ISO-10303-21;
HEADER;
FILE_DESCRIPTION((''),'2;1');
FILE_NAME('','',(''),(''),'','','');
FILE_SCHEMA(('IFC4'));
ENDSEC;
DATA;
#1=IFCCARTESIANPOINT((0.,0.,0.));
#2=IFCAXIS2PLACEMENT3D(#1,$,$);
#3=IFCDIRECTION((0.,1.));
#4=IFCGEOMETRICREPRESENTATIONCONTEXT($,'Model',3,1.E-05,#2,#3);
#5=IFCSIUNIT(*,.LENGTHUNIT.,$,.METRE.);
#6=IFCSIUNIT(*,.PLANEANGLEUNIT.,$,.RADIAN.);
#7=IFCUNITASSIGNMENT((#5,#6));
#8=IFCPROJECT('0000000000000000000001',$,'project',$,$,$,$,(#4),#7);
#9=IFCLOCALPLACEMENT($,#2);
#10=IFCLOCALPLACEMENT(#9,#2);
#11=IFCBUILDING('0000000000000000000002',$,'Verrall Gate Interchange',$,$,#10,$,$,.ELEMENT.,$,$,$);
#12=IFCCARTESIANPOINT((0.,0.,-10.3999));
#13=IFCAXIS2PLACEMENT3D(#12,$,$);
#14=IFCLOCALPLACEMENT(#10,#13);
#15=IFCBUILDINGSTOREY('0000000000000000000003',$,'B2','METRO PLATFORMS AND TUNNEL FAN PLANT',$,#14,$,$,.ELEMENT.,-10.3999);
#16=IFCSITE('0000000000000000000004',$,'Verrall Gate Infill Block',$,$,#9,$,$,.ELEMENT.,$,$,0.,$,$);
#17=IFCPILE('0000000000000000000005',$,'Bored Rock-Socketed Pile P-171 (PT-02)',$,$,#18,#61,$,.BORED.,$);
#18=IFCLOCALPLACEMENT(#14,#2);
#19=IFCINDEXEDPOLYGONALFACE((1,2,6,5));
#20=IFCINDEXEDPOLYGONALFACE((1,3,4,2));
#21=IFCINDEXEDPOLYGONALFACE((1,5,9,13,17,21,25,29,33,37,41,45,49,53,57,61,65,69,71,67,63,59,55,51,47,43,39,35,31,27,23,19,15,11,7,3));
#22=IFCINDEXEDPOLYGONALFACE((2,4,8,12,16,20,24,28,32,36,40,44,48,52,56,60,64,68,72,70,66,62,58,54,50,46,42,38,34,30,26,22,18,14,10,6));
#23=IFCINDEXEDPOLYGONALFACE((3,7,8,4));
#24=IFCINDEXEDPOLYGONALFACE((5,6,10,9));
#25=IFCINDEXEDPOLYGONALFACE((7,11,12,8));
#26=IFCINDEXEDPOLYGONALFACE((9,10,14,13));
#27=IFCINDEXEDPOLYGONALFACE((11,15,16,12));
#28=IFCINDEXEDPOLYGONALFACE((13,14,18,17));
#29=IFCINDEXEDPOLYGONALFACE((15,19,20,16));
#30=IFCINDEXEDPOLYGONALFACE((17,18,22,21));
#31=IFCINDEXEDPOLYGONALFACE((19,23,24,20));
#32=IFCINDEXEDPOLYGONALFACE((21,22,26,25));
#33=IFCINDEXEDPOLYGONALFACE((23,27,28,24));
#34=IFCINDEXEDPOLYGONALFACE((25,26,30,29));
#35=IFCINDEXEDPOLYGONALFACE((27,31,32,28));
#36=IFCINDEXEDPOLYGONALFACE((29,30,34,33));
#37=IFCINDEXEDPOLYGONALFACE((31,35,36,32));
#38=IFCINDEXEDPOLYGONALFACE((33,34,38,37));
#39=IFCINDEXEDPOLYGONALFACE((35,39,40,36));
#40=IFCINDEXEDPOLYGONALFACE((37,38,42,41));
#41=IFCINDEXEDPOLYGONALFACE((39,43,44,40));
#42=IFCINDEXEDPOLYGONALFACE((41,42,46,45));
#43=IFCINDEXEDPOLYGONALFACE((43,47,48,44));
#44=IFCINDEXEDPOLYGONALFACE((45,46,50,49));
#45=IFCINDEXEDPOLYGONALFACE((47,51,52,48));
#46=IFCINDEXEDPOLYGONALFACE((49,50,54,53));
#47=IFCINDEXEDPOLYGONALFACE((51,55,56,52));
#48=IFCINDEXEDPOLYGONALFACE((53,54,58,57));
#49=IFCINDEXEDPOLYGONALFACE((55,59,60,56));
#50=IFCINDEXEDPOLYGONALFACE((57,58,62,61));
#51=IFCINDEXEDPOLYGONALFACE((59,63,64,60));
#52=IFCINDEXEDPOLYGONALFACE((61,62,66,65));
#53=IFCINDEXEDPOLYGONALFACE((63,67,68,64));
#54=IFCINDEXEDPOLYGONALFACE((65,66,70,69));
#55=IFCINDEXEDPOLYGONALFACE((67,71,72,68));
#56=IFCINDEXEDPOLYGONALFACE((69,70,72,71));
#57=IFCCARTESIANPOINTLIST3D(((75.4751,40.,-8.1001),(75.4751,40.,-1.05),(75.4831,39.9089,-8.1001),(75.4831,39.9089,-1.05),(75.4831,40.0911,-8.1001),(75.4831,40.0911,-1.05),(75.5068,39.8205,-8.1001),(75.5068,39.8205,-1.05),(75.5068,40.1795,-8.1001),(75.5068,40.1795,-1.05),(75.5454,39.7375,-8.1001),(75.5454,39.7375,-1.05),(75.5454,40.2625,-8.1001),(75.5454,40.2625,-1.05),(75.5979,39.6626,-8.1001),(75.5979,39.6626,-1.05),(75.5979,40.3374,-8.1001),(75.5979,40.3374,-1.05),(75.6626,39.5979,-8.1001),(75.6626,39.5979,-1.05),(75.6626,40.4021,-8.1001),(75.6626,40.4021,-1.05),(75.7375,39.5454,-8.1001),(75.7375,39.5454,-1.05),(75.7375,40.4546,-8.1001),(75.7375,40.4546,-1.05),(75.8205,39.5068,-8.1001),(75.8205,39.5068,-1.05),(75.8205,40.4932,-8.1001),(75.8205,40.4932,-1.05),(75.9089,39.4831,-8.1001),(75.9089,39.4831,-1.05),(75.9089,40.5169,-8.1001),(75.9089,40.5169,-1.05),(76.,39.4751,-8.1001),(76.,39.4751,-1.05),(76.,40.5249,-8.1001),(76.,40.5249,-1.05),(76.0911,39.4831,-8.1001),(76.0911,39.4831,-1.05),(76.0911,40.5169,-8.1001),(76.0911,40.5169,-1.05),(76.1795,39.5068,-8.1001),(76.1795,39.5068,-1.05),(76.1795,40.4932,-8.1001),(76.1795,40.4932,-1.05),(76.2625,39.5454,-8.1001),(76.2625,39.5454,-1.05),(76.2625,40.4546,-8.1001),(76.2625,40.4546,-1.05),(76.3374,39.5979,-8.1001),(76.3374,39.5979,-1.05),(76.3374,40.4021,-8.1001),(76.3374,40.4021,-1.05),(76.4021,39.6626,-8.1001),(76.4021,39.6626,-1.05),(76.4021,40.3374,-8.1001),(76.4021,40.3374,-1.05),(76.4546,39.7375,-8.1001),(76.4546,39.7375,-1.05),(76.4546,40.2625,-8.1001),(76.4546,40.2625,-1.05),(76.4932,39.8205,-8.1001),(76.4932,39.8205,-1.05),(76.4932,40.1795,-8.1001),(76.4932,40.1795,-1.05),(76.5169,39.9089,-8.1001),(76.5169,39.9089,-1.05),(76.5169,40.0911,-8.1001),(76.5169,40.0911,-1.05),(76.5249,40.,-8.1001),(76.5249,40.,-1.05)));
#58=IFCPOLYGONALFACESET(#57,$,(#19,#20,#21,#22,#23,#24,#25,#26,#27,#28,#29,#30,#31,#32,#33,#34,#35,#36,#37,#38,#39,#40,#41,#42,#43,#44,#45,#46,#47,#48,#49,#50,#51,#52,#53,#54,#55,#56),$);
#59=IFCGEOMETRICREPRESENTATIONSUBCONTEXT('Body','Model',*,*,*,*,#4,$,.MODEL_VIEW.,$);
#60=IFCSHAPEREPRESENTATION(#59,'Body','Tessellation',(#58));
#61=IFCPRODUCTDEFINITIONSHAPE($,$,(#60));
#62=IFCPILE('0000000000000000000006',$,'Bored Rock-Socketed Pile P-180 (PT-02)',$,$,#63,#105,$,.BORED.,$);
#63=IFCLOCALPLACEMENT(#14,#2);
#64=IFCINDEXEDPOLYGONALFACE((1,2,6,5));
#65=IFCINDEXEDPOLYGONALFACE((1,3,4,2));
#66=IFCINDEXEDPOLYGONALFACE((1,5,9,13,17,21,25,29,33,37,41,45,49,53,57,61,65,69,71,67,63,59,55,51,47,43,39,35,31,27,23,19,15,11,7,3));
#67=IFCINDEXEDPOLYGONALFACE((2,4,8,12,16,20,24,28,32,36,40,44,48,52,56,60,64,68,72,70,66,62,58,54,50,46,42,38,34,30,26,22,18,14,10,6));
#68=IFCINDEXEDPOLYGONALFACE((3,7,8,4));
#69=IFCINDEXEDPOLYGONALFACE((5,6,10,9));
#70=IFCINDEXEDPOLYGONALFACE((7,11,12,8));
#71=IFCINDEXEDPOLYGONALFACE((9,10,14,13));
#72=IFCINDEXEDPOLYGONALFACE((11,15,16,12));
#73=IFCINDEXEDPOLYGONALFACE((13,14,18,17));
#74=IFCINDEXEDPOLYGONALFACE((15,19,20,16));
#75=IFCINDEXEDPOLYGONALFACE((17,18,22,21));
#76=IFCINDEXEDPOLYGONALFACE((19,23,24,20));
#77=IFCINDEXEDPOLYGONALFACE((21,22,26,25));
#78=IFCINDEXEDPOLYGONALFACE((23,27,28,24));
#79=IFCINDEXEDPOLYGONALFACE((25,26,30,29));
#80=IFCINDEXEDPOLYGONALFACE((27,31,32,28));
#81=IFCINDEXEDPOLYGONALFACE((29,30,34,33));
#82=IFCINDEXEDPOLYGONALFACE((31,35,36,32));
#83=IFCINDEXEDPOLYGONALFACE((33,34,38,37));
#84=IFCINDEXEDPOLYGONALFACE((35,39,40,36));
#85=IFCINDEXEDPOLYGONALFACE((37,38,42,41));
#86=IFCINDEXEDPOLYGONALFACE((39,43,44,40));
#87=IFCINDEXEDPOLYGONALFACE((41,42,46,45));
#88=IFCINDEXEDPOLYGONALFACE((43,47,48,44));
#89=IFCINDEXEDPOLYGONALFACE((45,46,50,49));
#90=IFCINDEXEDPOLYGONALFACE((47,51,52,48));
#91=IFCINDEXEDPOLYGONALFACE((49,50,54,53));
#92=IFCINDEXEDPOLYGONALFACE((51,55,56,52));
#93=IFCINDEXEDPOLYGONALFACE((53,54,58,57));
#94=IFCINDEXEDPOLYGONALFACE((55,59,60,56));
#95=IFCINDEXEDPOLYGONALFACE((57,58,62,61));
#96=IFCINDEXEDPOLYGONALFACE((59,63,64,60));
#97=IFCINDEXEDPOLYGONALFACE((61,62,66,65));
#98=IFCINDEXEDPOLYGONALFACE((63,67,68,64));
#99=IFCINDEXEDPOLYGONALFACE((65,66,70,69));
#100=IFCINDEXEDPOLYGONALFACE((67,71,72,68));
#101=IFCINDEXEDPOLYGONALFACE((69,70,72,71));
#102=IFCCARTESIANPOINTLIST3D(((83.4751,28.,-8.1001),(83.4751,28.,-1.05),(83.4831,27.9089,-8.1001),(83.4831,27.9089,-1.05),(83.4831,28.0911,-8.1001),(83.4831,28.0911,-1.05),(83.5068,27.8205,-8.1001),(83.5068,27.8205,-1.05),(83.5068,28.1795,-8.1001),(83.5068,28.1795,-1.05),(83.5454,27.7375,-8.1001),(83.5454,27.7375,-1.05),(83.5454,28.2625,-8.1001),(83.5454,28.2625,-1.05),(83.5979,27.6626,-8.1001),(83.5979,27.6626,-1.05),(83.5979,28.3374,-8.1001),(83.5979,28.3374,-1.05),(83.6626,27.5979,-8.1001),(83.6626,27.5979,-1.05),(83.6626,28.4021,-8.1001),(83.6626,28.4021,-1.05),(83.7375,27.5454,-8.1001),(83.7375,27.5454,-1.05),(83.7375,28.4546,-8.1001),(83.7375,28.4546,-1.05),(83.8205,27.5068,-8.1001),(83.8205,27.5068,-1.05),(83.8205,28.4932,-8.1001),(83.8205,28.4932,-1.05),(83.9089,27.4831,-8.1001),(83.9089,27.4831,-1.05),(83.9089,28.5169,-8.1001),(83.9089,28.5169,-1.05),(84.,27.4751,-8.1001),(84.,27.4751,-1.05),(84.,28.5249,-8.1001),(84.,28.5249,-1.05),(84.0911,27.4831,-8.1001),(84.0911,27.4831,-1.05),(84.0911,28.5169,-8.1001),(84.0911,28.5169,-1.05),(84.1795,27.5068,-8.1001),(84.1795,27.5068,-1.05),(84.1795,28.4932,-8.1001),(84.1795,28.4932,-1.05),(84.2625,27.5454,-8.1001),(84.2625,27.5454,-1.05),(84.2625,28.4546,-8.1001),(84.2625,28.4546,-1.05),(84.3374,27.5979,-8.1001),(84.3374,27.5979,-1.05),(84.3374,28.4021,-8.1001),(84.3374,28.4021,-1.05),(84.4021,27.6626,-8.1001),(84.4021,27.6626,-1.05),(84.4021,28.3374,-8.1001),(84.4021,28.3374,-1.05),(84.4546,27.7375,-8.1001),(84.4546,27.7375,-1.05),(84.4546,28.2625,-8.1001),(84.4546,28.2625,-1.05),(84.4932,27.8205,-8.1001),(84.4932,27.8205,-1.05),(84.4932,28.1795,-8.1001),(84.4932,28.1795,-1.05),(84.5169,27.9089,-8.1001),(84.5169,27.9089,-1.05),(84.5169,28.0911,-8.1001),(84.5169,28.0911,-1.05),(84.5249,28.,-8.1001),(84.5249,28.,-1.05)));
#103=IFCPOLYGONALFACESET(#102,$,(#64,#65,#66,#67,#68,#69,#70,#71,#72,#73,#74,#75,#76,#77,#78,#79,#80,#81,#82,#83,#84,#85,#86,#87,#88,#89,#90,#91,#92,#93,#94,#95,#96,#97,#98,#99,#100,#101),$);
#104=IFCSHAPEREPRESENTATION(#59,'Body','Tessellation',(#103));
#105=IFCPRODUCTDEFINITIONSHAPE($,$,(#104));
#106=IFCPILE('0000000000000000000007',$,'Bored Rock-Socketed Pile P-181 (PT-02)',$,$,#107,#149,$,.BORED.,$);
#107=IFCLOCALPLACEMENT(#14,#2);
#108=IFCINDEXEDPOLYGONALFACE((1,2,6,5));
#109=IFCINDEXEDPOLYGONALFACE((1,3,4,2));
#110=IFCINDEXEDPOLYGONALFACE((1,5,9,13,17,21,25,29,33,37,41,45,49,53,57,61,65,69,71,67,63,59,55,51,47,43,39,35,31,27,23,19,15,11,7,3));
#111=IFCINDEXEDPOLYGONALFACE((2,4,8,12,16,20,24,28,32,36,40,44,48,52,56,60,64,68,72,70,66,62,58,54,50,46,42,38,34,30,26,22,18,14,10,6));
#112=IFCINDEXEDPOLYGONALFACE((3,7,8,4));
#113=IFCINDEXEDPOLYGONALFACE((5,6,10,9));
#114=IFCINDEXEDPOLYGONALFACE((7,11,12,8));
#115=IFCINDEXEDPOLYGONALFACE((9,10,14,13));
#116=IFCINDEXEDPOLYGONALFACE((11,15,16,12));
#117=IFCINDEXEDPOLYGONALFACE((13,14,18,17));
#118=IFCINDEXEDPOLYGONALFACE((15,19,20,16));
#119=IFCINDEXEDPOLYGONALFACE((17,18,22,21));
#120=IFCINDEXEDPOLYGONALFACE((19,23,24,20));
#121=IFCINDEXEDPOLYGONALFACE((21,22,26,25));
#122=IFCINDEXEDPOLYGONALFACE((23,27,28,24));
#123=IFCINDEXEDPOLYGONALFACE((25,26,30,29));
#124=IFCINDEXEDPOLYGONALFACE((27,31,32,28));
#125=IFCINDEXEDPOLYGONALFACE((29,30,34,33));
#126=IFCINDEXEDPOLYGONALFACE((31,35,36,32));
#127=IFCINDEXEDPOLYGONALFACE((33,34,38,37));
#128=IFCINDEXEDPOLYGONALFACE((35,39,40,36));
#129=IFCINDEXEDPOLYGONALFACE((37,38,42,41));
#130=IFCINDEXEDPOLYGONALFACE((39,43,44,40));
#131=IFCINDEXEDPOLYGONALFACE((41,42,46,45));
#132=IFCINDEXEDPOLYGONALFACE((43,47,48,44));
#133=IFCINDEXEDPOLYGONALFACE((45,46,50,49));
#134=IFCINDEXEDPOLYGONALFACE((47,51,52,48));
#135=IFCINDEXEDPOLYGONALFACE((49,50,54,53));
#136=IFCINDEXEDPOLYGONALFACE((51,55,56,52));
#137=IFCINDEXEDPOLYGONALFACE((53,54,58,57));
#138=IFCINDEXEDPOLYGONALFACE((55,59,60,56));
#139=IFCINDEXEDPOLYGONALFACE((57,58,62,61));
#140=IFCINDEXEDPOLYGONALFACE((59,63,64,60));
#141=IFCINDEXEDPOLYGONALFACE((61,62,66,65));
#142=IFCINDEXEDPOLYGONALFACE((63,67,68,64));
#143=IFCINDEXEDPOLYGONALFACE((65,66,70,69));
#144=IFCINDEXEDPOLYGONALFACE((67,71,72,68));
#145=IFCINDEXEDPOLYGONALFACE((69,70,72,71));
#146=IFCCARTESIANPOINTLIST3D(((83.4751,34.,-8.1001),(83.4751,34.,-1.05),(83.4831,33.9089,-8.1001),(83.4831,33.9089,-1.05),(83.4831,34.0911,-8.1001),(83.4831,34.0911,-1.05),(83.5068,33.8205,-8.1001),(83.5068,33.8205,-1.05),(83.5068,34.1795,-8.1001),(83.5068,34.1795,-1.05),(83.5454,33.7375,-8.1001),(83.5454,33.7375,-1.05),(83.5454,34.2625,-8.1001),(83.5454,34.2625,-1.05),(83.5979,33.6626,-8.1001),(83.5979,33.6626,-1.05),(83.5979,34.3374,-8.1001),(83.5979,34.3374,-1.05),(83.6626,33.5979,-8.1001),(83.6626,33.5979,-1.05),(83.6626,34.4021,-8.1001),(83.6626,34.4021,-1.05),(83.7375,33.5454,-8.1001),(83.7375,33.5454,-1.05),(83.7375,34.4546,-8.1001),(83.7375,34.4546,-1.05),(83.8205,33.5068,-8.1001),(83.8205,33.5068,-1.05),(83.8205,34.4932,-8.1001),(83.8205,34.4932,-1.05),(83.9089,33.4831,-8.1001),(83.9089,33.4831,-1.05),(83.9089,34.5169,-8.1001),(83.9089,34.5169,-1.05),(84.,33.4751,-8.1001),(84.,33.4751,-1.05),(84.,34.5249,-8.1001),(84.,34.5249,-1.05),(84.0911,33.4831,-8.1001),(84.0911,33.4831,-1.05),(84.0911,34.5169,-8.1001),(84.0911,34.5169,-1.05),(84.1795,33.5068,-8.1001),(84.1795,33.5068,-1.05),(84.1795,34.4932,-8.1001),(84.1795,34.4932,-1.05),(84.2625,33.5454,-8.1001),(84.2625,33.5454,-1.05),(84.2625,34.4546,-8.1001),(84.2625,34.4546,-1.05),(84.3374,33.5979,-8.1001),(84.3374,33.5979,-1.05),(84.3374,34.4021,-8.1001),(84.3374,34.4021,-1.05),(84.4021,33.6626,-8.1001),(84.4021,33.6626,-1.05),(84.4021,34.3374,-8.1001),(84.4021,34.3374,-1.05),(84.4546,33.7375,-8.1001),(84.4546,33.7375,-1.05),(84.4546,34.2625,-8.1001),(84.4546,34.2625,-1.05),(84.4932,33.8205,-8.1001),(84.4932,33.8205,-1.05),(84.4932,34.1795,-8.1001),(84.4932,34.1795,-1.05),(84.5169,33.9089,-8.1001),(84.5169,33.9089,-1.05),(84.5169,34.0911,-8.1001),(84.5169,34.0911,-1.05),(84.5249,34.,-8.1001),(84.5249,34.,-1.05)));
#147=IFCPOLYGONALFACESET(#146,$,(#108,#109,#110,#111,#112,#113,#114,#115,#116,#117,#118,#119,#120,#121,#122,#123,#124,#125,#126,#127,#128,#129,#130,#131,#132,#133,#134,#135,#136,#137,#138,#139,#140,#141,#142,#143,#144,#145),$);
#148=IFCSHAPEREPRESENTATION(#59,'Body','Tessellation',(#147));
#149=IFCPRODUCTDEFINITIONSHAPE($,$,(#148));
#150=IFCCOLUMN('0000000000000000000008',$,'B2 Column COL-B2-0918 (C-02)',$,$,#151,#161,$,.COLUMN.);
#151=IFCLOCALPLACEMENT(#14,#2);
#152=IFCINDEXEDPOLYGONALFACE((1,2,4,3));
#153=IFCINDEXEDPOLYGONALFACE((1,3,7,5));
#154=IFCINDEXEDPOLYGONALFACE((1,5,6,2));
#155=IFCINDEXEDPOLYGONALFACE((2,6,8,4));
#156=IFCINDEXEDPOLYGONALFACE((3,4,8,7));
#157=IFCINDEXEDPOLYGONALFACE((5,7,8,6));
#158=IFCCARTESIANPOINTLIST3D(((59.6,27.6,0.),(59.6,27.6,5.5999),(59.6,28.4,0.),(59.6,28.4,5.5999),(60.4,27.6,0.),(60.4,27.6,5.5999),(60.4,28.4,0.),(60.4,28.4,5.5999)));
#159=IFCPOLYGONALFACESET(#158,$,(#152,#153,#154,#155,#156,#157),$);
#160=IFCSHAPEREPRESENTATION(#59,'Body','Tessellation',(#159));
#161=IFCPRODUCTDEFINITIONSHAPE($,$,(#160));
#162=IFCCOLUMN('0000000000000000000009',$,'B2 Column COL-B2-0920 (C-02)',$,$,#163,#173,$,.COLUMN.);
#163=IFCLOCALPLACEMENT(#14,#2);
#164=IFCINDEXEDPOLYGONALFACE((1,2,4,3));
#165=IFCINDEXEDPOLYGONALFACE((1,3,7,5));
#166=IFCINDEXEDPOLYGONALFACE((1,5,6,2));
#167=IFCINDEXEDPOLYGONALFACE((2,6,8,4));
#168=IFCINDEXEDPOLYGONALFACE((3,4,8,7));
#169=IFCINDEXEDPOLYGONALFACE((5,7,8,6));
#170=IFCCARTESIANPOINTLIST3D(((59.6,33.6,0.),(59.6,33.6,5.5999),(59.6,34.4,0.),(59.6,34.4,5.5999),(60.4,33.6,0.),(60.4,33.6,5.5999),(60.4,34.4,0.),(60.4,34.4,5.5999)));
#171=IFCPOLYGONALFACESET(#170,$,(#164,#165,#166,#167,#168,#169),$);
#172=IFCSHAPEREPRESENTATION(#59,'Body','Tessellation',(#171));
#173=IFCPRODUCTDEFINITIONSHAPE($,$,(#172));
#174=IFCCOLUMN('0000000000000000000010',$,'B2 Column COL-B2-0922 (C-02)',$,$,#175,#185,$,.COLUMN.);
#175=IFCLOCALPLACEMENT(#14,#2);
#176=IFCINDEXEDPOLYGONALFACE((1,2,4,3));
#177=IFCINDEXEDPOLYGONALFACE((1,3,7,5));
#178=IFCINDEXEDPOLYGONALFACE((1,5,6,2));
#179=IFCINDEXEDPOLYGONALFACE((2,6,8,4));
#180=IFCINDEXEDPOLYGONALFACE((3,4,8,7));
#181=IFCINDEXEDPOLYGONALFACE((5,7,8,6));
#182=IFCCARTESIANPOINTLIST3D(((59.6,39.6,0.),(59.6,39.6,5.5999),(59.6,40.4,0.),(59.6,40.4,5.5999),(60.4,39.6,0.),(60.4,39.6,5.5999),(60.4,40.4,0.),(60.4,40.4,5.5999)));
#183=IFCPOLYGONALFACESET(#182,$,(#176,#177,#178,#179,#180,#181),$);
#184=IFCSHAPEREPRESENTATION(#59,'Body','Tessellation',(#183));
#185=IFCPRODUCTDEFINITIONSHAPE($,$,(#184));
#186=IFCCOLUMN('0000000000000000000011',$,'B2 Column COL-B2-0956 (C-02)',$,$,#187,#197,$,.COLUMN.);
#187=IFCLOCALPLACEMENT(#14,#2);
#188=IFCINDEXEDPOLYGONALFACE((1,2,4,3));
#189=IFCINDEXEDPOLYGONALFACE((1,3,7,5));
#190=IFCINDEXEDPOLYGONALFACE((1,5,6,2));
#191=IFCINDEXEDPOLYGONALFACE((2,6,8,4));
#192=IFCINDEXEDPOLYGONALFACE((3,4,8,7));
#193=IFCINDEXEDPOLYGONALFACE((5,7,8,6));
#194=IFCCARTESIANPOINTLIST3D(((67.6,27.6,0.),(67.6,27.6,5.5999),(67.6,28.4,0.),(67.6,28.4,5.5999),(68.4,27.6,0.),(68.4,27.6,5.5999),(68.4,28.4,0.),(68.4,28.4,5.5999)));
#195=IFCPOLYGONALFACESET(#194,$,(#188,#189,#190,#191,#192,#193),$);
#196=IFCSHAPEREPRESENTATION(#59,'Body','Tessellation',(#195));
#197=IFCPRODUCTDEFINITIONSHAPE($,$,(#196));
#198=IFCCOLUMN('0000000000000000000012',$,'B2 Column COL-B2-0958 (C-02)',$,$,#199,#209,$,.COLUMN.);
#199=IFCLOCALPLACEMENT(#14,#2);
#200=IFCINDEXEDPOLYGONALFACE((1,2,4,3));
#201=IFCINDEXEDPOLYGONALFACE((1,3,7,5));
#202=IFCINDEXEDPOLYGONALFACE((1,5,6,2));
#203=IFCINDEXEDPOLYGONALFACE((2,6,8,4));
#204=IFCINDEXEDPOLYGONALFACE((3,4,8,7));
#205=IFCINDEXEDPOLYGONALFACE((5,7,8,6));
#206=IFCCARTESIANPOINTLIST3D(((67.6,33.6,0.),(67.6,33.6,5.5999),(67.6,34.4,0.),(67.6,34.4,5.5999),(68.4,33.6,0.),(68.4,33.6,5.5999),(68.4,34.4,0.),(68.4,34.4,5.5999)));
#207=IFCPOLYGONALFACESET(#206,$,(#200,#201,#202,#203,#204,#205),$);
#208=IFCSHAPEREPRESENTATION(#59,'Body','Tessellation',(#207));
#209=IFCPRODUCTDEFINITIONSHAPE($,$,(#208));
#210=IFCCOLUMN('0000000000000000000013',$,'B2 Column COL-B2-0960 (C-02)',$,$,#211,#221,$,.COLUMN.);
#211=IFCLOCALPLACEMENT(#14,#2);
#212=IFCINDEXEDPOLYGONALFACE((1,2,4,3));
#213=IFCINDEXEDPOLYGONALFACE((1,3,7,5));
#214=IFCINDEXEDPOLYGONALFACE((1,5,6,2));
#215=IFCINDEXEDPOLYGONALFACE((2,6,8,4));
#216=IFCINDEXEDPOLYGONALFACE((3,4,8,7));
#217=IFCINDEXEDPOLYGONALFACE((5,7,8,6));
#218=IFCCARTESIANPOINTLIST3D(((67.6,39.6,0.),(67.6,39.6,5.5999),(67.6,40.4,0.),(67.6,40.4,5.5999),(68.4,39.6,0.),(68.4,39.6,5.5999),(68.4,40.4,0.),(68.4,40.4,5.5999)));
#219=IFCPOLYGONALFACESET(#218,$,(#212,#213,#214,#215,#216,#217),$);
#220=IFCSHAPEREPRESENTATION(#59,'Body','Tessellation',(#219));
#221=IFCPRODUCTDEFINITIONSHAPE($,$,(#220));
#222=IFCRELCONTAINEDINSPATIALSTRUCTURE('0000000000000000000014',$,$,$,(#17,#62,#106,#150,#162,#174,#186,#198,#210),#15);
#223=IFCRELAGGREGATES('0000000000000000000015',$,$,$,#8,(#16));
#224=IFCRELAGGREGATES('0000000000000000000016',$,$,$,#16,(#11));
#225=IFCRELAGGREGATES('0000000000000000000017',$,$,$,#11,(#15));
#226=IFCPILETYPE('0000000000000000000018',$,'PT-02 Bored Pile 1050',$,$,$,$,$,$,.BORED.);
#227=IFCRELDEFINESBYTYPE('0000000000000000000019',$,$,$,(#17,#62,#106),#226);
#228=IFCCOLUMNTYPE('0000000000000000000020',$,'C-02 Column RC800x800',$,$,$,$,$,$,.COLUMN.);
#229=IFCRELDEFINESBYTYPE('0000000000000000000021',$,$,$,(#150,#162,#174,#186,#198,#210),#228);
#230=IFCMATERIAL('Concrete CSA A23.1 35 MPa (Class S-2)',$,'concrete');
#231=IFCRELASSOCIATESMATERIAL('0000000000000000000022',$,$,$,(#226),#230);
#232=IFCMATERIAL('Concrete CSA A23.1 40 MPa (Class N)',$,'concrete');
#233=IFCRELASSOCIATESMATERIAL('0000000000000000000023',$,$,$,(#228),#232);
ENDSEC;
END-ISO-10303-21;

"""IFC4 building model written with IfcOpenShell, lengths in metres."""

from ifc_helpers import new_model, si_unit, direction, frame, origin, origin_2d, place, context, subcontext, project, spatial, rectangle, circle, extrude, material, material_profile, profile_set, type_object, element, save


model = new_model("IFC4")

# Units and contexts
model_context = context("Model", 3, precision=1e-05, world=origin(), true_north=direction((0.0, 1.0)))
body_context = subcontext(model_context, "Body", "Model", "MODEL_VIEW")
ifc_project = project(units=[si_unit("LENGTHUNIT", "METRE"), si_unit("PLANEANGLEUNIT", "RADIAN")], contexts=[model_context])

# Site, building, storey
site_placement = place(None, origin())
site = spatial("IfcSite", under=ifc_project, at=site_placement, Name="Verrall Gate Infill Block", CompositionType="ELEMENT", RefElevation=0.0)
building_placement = place(site_placement, origin())
building = spatial("IfcBuilding", under=site, at=building_placement, Name="Verrall Gate Interchange", CompositionType="ELEMENT")
storey_placement = place(building_placement, frame((0.0, 0.0, -10.3999)))
storey = spatial("IfcBuildingStorey", under=building, at=storey_placement, Name="B2", Description="METRO PLATFORMS AND TUNNEL FAN PLANT", CompositionType="ELEMENT", Elevation=-10.3999)

# Piles
ifc_material_1 = material(Name="Concrete CSA A23.1 35 MPa (Class S-2)", Category="concrete")
ifc_material_profile_1 = material_profile(ifc_material_1, circle(Radius=0.5249, at=origin_2d()), Name="PILE1050D")
ifc_profile_set_1 = profile_set([ifc_material_profile_1], Name="Concrete CSA A23.1 35 MPa (Class S-2)")
pile_type = type_object("IfcPileType", Name="PT-02 Bored Pile 1050", PredefinedType="BORED", material=ifc_profile_set_1)
for number, where, z_axis, x_axis, name in (
    (1, (76.0, 40.0, -1.05), (0.0, 0.0, -1.0), (1.0, 0.0, 0.0), "Bored Rock-Socketed Pile P-171 (PT-02)"),
    (2, (84.0, 28.0, -1.05), (0.0, 0.0, -1.0), (1.0, 0.0, 0.0), "Bored Rock-Socketed Pile P-180 (PT-02)"),
    (3, (84.0, 34.0, -1.05), (0.0, 0.0, -1.0), (1.0, 0.0, 0.0), "Bored Rock-Socketed Pile P-181 (PT-02)"),
):
    element("IfcPile", number, at=place(storey_placement, frame(where, z_axis=z_axis, x_axis=x_axis)), inside=storey, type_object=pile_type, Name=name, PredefinedType="BORED", context=body_context, shape_type="SweptSolid", body=[
        extrude(circle(Radius=0.5249, at=origin_2d()), origin(), (0.0, 0.0, 1.0), 7.05),
    ])

# Columns
ifc_material_2 = material(Name="Concrete CSA A23.1 40 MPa (Class N)", Category="concrete")
ifc_material_profile_2 = material_profile(ifc_material_2, rectangle(XDim=0.8, YDim=0.8, at=origin_2d()), Name="RC800x800")
ifc_profile_set_2 = profile_set([ifc_material_profile_2], Name="Concrete CSA A23.1 40 MPa (Class N)")
column_type_1 = type_object("IfcColumnType", Name="C-02 Column RC800x800", PredefinedType="COLUMN", material=ifc_profile_set_2)
for number, where, z_axis, x_axis, name in (
    (4, (60.0, 28.0, 0.0), (0.0, 0.0, 1.0), (1.0, 0.0, 0.0), "B2 Column COL-B2-0918 (C-02)"),
    (5, (60.0, 34.0, 0.0), (0.0, 0.0, 1.0), (1.0, 0.0, 0.0), "B2 Column COL-B2-0920 (C-02)"),
    (6, (60.0, 40.0, 0.0), (0.0, 0.0, 1.0), (1.0, 0.0, 0.0), "B2 Column COL-B2-0922 (C-02)"),
    (7, (68.0, 28.0, 0.0), (0.0, 0.0, 1.0), (1.0, 0.0, 0.0), "B2 Column COL-B2-0956 (C-02)"),
    (8, (68.0, 34.0, 0.0), (0.0, 0.0, 1.0), (1.0, 0.0, 0.0), "B2 Column COL-B2-0958 (C-02)"),
    (9, (68.0, 40.0, 0.0), (0.0, 0.0, 1.0), (1.0, 0.0, 0.0), "B2 Column COL-B2-0960 (C-02)"),
):
    element("IfcColumn", number, at=place(storey_placement, frame(where, z_axis=z_axis, x_axis=x_axis)), inside=storey, type_object=column_type_1, Name=name, PredefinedType="COLUMN", context=body_context, shape_type="SweptSolid", body=[
        extrude(rectangle(XDim=0.8, YDim=0.8, at=origin_2d()), origin(), (0.0, 0.0, 1.0), 5.5999),
    ])

save(model, "model.ifc")
